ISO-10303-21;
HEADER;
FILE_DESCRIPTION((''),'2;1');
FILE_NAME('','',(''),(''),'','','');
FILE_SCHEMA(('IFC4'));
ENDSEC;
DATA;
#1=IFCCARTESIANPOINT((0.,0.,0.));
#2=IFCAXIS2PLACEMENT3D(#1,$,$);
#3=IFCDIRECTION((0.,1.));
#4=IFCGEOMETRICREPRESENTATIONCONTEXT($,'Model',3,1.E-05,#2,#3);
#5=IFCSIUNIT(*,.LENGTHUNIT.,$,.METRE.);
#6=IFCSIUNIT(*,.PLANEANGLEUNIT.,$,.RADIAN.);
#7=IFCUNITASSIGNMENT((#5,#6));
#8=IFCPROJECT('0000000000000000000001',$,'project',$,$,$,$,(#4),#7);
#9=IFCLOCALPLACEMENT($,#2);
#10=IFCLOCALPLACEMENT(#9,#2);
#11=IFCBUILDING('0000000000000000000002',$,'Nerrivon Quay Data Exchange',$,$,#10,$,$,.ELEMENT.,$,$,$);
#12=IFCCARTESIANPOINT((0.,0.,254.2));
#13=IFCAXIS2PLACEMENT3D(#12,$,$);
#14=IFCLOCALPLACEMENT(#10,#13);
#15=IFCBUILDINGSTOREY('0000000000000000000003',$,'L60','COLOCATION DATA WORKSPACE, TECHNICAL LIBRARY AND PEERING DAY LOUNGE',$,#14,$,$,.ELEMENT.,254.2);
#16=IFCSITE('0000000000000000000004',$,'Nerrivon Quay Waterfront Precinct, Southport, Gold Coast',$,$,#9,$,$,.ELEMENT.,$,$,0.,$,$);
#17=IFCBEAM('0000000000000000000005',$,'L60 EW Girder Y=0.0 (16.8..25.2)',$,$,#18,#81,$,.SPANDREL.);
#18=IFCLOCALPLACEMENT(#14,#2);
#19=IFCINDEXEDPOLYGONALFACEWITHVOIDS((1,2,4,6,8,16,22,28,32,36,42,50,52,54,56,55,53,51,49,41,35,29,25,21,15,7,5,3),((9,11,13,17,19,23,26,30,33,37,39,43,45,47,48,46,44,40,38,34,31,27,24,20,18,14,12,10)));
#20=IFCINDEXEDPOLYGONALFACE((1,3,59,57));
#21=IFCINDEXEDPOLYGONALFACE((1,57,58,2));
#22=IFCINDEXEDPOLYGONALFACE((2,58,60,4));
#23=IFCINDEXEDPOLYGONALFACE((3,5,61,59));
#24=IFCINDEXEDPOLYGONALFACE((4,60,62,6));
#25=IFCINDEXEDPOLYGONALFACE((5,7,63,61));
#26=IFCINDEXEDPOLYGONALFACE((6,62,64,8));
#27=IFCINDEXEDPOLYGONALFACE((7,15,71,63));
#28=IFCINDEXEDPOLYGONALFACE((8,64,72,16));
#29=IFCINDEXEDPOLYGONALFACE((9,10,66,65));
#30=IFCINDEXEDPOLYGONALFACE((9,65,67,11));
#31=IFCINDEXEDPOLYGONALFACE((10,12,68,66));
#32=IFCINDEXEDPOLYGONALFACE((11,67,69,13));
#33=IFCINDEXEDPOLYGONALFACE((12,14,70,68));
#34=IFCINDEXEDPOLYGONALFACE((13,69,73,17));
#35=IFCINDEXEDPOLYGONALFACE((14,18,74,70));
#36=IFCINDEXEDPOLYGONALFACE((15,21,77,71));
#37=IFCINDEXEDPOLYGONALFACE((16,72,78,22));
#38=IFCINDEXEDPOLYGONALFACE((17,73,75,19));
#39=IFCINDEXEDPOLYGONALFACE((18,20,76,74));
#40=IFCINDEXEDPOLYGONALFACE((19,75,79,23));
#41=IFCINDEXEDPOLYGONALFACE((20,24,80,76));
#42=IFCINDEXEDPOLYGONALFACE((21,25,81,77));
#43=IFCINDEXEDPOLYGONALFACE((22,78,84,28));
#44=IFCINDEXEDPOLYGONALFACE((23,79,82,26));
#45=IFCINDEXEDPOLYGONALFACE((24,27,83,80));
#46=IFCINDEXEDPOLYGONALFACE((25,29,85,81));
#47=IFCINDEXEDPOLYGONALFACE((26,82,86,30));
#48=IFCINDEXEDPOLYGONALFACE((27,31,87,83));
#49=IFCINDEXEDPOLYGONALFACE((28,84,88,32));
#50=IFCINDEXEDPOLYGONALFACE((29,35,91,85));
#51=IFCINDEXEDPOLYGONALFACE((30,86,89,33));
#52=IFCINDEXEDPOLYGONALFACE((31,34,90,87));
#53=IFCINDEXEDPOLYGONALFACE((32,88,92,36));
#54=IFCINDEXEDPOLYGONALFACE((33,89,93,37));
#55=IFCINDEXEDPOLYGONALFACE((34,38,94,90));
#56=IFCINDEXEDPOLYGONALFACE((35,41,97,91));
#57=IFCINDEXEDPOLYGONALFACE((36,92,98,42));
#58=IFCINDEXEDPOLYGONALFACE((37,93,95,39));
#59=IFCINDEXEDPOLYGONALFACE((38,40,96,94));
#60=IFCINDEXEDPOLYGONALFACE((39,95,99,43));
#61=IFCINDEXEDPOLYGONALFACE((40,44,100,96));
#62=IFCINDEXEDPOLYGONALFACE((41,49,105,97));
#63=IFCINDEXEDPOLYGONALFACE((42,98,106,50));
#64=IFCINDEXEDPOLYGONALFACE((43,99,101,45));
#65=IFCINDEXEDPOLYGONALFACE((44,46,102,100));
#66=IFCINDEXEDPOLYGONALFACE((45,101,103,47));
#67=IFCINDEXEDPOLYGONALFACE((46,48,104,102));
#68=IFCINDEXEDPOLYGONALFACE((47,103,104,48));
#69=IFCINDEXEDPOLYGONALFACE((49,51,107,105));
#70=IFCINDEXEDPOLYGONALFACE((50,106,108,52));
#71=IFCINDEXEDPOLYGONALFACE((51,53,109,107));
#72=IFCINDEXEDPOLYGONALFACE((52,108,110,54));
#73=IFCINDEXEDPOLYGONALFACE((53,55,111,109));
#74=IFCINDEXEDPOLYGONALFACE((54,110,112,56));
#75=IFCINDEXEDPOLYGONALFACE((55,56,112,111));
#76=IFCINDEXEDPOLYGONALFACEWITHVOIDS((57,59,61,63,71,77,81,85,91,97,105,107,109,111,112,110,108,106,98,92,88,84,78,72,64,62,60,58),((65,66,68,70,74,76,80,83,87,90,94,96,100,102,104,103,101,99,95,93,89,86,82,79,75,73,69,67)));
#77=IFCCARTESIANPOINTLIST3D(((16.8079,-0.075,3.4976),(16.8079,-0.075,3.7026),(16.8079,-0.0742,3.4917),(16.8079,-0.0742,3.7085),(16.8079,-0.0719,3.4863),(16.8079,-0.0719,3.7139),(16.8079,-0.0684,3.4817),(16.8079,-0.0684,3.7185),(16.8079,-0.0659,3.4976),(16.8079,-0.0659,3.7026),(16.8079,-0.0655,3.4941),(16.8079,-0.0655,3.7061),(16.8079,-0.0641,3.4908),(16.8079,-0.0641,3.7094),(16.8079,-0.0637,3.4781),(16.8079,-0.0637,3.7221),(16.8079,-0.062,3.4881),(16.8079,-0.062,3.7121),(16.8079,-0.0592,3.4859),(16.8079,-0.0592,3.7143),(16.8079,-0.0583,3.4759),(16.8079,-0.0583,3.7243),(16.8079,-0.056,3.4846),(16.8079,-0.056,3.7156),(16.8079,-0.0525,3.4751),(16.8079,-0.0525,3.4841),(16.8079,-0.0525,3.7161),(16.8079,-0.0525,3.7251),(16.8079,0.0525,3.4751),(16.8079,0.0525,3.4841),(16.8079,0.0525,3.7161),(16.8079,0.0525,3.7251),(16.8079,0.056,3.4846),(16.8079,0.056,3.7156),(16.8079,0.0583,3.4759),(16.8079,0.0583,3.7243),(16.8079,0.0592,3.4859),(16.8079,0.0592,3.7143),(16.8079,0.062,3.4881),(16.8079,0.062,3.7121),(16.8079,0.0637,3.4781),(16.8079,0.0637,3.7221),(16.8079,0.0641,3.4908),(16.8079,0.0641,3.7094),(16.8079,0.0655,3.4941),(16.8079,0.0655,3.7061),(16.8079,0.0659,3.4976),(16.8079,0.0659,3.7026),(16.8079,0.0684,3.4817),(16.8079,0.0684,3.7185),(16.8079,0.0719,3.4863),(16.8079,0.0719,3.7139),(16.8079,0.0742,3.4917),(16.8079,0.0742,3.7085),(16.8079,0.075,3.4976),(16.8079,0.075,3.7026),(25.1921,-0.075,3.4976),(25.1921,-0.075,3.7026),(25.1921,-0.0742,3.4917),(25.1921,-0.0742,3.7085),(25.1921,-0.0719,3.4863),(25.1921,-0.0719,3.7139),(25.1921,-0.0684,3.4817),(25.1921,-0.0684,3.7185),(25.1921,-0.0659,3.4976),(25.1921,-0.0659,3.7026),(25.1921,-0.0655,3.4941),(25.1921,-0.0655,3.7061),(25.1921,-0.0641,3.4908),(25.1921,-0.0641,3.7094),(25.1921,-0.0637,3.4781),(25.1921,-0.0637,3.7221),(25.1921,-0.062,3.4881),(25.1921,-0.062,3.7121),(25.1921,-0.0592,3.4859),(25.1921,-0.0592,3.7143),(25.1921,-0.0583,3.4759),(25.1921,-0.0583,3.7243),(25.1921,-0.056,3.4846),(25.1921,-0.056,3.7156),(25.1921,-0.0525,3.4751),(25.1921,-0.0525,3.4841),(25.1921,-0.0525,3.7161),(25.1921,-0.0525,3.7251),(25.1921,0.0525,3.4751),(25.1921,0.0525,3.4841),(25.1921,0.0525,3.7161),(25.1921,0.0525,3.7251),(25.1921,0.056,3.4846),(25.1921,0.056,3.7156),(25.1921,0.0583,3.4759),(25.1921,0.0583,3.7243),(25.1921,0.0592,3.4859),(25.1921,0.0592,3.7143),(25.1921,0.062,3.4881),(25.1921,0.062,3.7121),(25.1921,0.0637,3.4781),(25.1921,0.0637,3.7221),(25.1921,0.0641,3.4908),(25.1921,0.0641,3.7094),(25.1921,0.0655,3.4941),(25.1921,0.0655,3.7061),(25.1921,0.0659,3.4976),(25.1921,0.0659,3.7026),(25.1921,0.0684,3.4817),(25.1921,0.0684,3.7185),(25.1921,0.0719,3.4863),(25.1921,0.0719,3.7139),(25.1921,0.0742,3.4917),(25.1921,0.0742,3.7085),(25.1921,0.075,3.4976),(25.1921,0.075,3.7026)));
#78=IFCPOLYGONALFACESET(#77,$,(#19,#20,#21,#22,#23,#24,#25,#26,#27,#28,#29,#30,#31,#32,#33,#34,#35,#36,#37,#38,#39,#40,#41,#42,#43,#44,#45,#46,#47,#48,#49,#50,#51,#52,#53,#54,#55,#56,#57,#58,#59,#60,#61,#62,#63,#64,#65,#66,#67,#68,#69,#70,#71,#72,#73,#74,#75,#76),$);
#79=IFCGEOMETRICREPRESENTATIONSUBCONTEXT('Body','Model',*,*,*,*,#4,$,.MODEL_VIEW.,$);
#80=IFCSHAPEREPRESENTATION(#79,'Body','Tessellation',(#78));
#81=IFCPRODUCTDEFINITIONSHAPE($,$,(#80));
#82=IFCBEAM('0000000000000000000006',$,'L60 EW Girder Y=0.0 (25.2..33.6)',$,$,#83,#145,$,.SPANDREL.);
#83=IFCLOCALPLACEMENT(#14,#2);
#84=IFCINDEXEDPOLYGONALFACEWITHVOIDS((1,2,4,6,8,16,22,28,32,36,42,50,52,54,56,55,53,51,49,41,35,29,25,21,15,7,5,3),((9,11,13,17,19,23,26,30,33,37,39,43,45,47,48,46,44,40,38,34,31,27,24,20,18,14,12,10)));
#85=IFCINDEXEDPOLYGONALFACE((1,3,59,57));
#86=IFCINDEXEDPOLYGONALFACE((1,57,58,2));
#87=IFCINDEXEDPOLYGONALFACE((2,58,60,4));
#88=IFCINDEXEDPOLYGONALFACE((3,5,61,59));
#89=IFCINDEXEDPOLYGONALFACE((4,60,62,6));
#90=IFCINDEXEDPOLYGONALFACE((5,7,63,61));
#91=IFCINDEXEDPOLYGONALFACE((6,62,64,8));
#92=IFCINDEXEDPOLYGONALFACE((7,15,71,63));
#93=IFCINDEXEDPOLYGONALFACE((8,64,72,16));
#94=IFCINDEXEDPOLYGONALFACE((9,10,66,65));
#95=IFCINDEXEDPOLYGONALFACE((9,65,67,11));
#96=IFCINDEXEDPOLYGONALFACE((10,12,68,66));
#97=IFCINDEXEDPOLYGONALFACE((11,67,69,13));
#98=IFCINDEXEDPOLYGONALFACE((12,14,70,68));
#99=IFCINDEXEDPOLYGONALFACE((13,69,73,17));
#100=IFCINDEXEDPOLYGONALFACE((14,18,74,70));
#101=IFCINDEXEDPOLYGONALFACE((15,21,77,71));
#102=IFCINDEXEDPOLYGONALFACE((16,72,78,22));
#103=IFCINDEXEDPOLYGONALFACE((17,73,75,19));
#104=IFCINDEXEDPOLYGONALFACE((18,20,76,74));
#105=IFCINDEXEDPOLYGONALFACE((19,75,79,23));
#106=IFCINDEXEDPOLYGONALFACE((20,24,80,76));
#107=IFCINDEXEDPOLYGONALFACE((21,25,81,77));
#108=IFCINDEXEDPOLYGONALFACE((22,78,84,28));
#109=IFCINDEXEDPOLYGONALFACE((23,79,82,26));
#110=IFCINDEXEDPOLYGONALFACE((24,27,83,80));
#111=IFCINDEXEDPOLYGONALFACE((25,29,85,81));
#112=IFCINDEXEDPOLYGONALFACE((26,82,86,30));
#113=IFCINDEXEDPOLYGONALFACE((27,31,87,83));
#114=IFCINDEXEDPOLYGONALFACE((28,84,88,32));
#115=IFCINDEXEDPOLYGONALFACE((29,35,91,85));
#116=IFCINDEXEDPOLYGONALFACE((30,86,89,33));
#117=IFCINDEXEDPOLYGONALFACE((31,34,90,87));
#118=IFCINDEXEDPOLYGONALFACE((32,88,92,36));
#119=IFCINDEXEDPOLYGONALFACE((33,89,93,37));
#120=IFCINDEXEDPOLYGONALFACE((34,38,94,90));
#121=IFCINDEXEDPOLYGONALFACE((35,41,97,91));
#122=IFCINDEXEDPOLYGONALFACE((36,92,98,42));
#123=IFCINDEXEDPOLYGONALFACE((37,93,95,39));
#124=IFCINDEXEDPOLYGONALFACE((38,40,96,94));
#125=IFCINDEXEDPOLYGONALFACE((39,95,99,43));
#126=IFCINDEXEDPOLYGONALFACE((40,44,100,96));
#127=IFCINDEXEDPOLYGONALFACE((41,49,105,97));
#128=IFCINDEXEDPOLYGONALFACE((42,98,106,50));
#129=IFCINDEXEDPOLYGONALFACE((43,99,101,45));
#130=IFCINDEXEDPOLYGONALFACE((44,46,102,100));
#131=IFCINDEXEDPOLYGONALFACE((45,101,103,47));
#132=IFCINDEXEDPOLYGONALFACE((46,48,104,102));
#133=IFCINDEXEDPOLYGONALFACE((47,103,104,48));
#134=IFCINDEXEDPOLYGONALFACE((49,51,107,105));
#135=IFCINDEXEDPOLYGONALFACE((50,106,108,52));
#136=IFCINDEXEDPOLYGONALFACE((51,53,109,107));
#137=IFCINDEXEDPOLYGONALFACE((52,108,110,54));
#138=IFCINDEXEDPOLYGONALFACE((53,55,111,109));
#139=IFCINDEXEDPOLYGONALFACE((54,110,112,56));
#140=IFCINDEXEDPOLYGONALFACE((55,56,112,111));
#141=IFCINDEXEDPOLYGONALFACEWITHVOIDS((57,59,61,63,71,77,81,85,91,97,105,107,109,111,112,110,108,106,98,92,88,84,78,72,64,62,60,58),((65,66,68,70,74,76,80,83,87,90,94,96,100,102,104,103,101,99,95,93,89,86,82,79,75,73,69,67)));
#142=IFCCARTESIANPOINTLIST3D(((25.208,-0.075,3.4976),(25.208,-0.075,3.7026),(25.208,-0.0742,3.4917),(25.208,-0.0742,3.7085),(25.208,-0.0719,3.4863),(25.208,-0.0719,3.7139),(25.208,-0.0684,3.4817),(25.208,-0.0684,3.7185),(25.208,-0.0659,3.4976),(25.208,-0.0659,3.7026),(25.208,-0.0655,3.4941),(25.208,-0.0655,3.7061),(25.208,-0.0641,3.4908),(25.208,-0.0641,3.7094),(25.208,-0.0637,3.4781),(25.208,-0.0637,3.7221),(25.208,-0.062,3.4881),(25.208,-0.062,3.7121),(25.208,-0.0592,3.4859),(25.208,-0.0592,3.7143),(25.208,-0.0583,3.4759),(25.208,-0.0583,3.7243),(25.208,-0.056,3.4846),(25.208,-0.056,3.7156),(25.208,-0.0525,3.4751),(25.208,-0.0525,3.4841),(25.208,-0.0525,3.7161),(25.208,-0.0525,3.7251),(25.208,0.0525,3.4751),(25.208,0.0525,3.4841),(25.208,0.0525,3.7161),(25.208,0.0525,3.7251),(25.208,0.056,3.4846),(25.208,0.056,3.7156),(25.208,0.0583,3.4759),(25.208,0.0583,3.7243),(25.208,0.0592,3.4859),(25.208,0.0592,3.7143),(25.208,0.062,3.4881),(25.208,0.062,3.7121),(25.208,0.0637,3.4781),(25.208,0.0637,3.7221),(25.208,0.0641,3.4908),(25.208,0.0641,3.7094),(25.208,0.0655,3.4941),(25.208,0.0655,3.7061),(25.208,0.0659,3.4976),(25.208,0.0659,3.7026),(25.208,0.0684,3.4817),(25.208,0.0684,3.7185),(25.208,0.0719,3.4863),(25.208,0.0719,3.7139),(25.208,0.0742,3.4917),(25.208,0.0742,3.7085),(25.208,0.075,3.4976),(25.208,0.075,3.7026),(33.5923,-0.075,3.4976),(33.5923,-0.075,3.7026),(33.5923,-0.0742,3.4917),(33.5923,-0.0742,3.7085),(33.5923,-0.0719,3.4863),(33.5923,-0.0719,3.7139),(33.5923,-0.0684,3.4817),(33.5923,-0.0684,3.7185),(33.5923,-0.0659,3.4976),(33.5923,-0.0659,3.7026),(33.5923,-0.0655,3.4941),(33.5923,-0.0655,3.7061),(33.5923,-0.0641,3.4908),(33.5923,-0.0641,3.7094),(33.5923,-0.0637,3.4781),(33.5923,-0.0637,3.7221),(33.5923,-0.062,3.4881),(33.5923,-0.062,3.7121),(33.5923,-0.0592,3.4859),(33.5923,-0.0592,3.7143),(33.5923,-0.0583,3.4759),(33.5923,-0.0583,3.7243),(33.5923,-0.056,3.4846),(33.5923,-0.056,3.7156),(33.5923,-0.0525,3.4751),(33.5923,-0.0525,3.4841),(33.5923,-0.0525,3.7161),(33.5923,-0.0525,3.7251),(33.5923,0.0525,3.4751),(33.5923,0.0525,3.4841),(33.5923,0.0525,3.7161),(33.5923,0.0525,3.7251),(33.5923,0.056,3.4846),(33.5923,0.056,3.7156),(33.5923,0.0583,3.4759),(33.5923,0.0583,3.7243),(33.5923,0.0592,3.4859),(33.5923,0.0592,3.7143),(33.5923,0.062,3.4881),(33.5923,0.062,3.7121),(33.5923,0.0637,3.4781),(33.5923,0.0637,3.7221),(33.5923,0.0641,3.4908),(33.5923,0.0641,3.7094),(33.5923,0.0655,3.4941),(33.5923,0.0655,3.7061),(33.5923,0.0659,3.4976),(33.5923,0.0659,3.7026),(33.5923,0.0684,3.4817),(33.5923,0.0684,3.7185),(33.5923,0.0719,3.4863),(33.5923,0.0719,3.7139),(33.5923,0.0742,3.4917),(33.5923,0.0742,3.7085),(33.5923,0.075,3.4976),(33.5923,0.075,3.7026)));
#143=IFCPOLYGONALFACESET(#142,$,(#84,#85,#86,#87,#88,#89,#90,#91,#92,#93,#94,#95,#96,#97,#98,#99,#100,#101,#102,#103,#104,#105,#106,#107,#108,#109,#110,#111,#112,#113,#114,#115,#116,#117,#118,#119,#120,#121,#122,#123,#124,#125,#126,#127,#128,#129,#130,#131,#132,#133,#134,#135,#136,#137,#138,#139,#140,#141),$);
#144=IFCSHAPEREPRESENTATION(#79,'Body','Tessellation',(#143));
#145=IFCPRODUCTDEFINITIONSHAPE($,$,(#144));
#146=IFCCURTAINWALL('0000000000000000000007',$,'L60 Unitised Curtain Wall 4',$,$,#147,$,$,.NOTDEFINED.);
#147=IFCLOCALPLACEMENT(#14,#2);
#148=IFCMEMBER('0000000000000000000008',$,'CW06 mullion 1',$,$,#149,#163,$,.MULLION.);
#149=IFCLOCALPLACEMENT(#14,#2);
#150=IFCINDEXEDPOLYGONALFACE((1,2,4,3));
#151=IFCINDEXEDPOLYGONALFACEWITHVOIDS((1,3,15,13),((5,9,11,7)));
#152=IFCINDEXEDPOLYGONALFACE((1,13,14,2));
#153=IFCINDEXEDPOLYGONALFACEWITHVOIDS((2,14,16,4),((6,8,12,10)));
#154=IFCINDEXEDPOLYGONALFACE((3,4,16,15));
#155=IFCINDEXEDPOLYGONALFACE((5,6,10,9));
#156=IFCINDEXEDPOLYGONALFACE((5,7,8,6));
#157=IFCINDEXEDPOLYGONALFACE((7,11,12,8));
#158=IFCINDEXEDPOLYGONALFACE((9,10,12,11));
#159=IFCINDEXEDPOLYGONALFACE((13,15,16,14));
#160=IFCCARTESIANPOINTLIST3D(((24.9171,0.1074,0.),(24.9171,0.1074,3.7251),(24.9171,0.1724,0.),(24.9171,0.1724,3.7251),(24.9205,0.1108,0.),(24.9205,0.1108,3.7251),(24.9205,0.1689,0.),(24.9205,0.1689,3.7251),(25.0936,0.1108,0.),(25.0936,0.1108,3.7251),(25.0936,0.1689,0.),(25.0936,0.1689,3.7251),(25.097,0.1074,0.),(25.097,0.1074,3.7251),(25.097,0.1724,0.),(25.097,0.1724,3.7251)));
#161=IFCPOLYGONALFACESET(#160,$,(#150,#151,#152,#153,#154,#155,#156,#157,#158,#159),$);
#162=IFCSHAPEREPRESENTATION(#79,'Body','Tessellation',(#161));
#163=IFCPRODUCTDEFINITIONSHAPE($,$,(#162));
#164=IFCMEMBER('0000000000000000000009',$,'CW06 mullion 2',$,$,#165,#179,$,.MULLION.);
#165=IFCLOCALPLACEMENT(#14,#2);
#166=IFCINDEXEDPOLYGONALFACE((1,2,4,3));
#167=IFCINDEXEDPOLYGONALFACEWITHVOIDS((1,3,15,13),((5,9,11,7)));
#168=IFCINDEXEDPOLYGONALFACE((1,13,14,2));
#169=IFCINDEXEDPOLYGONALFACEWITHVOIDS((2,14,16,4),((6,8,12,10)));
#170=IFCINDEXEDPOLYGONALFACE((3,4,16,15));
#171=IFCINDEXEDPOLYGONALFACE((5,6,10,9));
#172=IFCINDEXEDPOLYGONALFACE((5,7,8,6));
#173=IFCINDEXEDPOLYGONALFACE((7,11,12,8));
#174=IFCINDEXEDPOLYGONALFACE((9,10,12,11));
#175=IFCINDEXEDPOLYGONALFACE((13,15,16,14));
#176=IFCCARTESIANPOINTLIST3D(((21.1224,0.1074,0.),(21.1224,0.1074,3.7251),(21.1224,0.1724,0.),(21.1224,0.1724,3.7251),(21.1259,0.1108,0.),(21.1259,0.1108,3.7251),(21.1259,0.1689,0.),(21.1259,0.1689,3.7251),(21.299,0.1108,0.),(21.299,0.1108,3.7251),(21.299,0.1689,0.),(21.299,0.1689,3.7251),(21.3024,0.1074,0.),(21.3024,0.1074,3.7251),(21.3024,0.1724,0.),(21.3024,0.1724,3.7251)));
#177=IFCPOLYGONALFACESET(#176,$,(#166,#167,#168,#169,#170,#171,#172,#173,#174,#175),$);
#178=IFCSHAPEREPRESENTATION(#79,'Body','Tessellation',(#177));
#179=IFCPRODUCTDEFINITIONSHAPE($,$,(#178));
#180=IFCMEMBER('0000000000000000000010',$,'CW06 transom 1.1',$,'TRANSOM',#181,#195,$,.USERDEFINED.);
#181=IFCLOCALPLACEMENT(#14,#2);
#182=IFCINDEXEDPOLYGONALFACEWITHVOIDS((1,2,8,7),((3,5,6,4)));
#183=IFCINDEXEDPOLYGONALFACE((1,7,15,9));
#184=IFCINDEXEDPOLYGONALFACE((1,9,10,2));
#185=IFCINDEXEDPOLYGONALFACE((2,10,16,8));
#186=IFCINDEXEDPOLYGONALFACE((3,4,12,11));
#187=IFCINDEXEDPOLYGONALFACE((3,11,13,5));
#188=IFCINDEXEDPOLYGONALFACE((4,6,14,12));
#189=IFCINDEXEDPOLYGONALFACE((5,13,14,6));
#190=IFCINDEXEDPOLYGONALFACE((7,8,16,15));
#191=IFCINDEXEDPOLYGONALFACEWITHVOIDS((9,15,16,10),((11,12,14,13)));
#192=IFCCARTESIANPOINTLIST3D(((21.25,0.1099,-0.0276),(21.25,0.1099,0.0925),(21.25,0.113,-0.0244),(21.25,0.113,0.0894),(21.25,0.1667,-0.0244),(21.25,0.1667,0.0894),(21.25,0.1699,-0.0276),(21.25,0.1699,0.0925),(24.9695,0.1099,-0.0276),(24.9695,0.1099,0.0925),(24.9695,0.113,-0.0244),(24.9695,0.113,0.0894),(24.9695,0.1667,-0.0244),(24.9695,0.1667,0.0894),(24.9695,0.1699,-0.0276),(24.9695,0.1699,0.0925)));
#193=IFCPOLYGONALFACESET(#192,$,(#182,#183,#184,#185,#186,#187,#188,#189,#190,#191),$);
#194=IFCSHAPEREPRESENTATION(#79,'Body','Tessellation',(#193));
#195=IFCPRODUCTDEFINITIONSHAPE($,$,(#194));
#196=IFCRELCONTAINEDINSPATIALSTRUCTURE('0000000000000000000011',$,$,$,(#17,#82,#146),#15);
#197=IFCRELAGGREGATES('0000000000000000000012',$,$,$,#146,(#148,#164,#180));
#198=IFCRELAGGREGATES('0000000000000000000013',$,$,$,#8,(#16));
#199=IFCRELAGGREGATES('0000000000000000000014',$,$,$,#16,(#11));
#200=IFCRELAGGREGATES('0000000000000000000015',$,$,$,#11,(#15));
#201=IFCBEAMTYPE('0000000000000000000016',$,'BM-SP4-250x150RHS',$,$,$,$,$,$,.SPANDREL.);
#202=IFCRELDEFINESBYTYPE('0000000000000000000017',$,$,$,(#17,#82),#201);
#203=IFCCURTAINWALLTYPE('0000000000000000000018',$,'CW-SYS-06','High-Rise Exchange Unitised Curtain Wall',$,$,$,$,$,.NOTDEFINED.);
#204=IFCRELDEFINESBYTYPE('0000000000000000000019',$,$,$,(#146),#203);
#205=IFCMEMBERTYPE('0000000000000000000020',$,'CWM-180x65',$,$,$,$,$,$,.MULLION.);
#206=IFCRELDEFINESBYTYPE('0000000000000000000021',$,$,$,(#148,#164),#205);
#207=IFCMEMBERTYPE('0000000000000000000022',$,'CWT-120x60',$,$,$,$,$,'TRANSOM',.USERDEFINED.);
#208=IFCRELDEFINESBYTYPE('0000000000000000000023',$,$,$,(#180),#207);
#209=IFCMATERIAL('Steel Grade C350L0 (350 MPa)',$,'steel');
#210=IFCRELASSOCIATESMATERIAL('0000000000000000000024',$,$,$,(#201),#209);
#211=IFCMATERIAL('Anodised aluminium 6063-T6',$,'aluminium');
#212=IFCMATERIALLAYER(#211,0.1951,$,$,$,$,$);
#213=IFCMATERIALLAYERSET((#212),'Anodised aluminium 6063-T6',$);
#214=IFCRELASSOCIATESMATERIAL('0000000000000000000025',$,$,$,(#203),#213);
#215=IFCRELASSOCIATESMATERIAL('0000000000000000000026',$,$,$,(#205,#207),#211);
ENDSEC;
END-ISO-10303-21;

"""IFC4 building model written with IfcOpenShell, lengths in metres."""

from ifc_helpers import new_model, si_unit, direction, frame, origin, origin_2d, place, context, subcontext, project, spatial, hollow_rectangle, extrude, material, layer, layer_set, material_profile, profile_set, type_object, element, aggregate, save


model = new_model("IFC4")

# Units and contexts
model_context = context("Model", 3, precision=1e-05, world=origin(), true_north=direction((0.0, 1.0)))
body_context = subcontext(model_context, "Body", "Model", "MODEL_VIEW")
ifc_project = project(units=[si_unit("LENGTHUNIT", "METRE"), si_unit("PLANEANGLEUNIT", "RADIAN")], contexts=[model_context])

# Site, building, storey
site_placement = place(None, origin())
site = spatial("IfcSite", under=ifc_project, at=site_placement, Name="Nerrivon Quay Waterfront Precinct, Southport, Gold Coast", CompositionType="ELEMENT", RefElevation=0.0)
building_placement = place(site_placement, origin())
building = spatial("IfcBuilding", under=site, at=building_placement, Name="Nerrivon Quay Data Exchange", CompositionType="ELEMENT")
storey_placement = place(building_placement, frame((0.0, 0.0, 254.2)))
storey = spatial("IfcBuildingStorey", under=building, at=storey_placement, Name="L60", Description="COLOCATION DATA WORKSPACE, TECHNICAL LIBRARY AND PEERING DAY LOUNGE", CompositionType="ELEMENT", Elevation=254.2)

# Beams
ifc_material_1 = material(Name="Steel Grade C350L0 (350 MPa)", Category="steel")
ifc_material_profile_1 = material_profile(ifc_material_1, hollow_rectangle(XDim=0.1499, YDim=0.25, WallThickness=0.009, InnerFilletRadius=0.0134, OuterFilletRadius=0.0225, at=origin_2d()), Name="250x150x9.0RHS")
ifc_profile_set_1 = profile_set([ifc_material_profile_1], Name="Steel Grade C350L0 (350 MPa)")
beam_type_1 = type_object("IfcBeamType", Name="BM-SP4-250x150RHS", PredefinedType="SPANDREL", material=ifc_profile_set_1)
for number, where, z_axis, x_axis, name in (
    (1, (16.8079, 0.0, 3.6001), (1.0, 0.0, 0.0), (0.0, 1.0, 0.0), "L60 EW Girder Y=0.0 (16.8..25.2)"),
    (2, (25.208, 0.0, 3.6001), (1.0, 0.0, 0.0), (0.0, 1.0, 0.0), "L60 EW Girder Y=0.0 (25.2..33.6)"),
):
    element("IfcBeam", number, at=place(storey_placement, frame(where, z_axis=z_axis, x_axis=x_axis)), inside=storey, type_object=beam_type_1, Name=name, PredefinedType="SPANDREL", context=body_context, shape_type="SweptSolid", body=[
        extrude(hollow_rectangle(XDim=0.1499, YDim=0.25, WallThickness=0.009, InnerFilletRadius=0.0134, OuterFilletRadius=0.0225, at=origin_2d()), origin(), (0.0, 0.0, 1.0), 8.3843),
    ])

# Curtain wall, members
ifc_material_2 = material(Name="Anodised aluminium 6063-T6", Category="aluminium")
ifc_layer_1 = layer(ifc_material_2, 0.1951)
ifc_layer_set_1 = layer_set([ifc_layer_1], Name="Anodised aluminium 6063-T6")
curtain_wall_type = type_object("IfcCurtainWallType", Name="CW-SYS-06", Description="High-Rise Exchange Unitised Curtain Wall", PredefinedType="NOTDEFINED", material=ifc_layer_set_1)
curtain_wall_placement = place(storey_placement, origin())
curtain_wall = element("IfcCurtainWall", 3, at=curtain_wall_placement, inside=storey, type_object=curtain_wall_type, Name="L60 Unitised Curtain Wall 4", PredefinedType="NOTDEFINED")
ifc_material_profile_2 = material_profile(ifc_material_2, hollow_rectangle(XDim=0.0649, YDim=0.1799, WallThickness=0.0034, at=origin_2d()), Name="ALU-MULL-180x65")
ifc_profile_set_2 = profile_set([ifc_material_profile_2], Name="Anodised aluminium 6063-T6")
member_type_1 = type_object("IfcMemberType", Name="CWM-180x65", PredefinedType="MULLION", material=ifc_profile_set_2)
member_1_placement = place(storey_placement, frame((25.0071, 0.1399, 0.0), z_axis=(0.0, 0.0, 1.0), x_axis=(0.0, -1.0, 0.0)))
member_1 = element("IfcMember", 4, at=member_1_placement, type_object=member_type_1, Name="CW06 mullion 1", PredefinedType="MULLION", context=body_context, shape_type="SweptSolid", body=[
    extrude(hollow_rectangle(XDim=0.0649, YDim=0.1799, WallThickness=0.0034, at=origin_2d()), origin(), (0.0, 0.0, 1.0), 3.7251),
])
member_2_placement = place(storey_placement, frame((21.2124, 0.1399, 0.0), z_axis=(0.0, 0.0, 1.0), x_axis=(0.0, -1.0, 0.0)))
member_2 = element("IfcMember", 5, at=member_2_placement, type_object=member_type_1, Name="CW06 mullion 2", PredefinedType="MULLION", context=body_context, shape_type="SweptSolid", body=[
    extrude(hollow_rectangle(XDim=0.0649, YDim=0.1799, WallThickness=0.0034, at=origin_2d()), origin(), (0.0, 0.0, 1.0), 3.7251),
])
ifc_material_profile_3 = material_profile(ifc_material_2, hollow_rectangle(XDim=0.0601, YDim=0.1201, WallThickness=0.0032, at=origin_2d()), Name="ALU-TRAN-120x60")
ifc_profile_set_3 = profile_set([ifc_material_profile_3], Name="Anodised aluminium 6063-T6")
member_type_2 = type_object("IfcMemberType", Name="CWT-120x60", ElementType="TRANSOM", PredefinedType="USERDEFINED", material=ifc_profile_set_3)
member_3_placement = place(storey_placement, frame((24.9695, 0.1399, 0.0325), z_axis=(-1.0, 0.0, 0.0), x_axis=(0.0, -1.0, 0.0)))
member_3 = element("IfcMember", 6, at=member_3_placement, type_object=member_type_2, Name="CW06 transom 1.1", ObjectType="TRANSOM", PredefinedType="USERDEFINED", context=body_context, shape_type="SweptSolid", body=[
    extrude(hollow_rectangle(XDim=0.0601, YDim=0.1201, WallThickness=0.0032, at=origin_2d()), origin(), (0.0, 0.0, 1.0), 3.7195),
])
aggregate(curtain_wall, [member_1, member_2, member_3])

save(model, "model.ifc")
